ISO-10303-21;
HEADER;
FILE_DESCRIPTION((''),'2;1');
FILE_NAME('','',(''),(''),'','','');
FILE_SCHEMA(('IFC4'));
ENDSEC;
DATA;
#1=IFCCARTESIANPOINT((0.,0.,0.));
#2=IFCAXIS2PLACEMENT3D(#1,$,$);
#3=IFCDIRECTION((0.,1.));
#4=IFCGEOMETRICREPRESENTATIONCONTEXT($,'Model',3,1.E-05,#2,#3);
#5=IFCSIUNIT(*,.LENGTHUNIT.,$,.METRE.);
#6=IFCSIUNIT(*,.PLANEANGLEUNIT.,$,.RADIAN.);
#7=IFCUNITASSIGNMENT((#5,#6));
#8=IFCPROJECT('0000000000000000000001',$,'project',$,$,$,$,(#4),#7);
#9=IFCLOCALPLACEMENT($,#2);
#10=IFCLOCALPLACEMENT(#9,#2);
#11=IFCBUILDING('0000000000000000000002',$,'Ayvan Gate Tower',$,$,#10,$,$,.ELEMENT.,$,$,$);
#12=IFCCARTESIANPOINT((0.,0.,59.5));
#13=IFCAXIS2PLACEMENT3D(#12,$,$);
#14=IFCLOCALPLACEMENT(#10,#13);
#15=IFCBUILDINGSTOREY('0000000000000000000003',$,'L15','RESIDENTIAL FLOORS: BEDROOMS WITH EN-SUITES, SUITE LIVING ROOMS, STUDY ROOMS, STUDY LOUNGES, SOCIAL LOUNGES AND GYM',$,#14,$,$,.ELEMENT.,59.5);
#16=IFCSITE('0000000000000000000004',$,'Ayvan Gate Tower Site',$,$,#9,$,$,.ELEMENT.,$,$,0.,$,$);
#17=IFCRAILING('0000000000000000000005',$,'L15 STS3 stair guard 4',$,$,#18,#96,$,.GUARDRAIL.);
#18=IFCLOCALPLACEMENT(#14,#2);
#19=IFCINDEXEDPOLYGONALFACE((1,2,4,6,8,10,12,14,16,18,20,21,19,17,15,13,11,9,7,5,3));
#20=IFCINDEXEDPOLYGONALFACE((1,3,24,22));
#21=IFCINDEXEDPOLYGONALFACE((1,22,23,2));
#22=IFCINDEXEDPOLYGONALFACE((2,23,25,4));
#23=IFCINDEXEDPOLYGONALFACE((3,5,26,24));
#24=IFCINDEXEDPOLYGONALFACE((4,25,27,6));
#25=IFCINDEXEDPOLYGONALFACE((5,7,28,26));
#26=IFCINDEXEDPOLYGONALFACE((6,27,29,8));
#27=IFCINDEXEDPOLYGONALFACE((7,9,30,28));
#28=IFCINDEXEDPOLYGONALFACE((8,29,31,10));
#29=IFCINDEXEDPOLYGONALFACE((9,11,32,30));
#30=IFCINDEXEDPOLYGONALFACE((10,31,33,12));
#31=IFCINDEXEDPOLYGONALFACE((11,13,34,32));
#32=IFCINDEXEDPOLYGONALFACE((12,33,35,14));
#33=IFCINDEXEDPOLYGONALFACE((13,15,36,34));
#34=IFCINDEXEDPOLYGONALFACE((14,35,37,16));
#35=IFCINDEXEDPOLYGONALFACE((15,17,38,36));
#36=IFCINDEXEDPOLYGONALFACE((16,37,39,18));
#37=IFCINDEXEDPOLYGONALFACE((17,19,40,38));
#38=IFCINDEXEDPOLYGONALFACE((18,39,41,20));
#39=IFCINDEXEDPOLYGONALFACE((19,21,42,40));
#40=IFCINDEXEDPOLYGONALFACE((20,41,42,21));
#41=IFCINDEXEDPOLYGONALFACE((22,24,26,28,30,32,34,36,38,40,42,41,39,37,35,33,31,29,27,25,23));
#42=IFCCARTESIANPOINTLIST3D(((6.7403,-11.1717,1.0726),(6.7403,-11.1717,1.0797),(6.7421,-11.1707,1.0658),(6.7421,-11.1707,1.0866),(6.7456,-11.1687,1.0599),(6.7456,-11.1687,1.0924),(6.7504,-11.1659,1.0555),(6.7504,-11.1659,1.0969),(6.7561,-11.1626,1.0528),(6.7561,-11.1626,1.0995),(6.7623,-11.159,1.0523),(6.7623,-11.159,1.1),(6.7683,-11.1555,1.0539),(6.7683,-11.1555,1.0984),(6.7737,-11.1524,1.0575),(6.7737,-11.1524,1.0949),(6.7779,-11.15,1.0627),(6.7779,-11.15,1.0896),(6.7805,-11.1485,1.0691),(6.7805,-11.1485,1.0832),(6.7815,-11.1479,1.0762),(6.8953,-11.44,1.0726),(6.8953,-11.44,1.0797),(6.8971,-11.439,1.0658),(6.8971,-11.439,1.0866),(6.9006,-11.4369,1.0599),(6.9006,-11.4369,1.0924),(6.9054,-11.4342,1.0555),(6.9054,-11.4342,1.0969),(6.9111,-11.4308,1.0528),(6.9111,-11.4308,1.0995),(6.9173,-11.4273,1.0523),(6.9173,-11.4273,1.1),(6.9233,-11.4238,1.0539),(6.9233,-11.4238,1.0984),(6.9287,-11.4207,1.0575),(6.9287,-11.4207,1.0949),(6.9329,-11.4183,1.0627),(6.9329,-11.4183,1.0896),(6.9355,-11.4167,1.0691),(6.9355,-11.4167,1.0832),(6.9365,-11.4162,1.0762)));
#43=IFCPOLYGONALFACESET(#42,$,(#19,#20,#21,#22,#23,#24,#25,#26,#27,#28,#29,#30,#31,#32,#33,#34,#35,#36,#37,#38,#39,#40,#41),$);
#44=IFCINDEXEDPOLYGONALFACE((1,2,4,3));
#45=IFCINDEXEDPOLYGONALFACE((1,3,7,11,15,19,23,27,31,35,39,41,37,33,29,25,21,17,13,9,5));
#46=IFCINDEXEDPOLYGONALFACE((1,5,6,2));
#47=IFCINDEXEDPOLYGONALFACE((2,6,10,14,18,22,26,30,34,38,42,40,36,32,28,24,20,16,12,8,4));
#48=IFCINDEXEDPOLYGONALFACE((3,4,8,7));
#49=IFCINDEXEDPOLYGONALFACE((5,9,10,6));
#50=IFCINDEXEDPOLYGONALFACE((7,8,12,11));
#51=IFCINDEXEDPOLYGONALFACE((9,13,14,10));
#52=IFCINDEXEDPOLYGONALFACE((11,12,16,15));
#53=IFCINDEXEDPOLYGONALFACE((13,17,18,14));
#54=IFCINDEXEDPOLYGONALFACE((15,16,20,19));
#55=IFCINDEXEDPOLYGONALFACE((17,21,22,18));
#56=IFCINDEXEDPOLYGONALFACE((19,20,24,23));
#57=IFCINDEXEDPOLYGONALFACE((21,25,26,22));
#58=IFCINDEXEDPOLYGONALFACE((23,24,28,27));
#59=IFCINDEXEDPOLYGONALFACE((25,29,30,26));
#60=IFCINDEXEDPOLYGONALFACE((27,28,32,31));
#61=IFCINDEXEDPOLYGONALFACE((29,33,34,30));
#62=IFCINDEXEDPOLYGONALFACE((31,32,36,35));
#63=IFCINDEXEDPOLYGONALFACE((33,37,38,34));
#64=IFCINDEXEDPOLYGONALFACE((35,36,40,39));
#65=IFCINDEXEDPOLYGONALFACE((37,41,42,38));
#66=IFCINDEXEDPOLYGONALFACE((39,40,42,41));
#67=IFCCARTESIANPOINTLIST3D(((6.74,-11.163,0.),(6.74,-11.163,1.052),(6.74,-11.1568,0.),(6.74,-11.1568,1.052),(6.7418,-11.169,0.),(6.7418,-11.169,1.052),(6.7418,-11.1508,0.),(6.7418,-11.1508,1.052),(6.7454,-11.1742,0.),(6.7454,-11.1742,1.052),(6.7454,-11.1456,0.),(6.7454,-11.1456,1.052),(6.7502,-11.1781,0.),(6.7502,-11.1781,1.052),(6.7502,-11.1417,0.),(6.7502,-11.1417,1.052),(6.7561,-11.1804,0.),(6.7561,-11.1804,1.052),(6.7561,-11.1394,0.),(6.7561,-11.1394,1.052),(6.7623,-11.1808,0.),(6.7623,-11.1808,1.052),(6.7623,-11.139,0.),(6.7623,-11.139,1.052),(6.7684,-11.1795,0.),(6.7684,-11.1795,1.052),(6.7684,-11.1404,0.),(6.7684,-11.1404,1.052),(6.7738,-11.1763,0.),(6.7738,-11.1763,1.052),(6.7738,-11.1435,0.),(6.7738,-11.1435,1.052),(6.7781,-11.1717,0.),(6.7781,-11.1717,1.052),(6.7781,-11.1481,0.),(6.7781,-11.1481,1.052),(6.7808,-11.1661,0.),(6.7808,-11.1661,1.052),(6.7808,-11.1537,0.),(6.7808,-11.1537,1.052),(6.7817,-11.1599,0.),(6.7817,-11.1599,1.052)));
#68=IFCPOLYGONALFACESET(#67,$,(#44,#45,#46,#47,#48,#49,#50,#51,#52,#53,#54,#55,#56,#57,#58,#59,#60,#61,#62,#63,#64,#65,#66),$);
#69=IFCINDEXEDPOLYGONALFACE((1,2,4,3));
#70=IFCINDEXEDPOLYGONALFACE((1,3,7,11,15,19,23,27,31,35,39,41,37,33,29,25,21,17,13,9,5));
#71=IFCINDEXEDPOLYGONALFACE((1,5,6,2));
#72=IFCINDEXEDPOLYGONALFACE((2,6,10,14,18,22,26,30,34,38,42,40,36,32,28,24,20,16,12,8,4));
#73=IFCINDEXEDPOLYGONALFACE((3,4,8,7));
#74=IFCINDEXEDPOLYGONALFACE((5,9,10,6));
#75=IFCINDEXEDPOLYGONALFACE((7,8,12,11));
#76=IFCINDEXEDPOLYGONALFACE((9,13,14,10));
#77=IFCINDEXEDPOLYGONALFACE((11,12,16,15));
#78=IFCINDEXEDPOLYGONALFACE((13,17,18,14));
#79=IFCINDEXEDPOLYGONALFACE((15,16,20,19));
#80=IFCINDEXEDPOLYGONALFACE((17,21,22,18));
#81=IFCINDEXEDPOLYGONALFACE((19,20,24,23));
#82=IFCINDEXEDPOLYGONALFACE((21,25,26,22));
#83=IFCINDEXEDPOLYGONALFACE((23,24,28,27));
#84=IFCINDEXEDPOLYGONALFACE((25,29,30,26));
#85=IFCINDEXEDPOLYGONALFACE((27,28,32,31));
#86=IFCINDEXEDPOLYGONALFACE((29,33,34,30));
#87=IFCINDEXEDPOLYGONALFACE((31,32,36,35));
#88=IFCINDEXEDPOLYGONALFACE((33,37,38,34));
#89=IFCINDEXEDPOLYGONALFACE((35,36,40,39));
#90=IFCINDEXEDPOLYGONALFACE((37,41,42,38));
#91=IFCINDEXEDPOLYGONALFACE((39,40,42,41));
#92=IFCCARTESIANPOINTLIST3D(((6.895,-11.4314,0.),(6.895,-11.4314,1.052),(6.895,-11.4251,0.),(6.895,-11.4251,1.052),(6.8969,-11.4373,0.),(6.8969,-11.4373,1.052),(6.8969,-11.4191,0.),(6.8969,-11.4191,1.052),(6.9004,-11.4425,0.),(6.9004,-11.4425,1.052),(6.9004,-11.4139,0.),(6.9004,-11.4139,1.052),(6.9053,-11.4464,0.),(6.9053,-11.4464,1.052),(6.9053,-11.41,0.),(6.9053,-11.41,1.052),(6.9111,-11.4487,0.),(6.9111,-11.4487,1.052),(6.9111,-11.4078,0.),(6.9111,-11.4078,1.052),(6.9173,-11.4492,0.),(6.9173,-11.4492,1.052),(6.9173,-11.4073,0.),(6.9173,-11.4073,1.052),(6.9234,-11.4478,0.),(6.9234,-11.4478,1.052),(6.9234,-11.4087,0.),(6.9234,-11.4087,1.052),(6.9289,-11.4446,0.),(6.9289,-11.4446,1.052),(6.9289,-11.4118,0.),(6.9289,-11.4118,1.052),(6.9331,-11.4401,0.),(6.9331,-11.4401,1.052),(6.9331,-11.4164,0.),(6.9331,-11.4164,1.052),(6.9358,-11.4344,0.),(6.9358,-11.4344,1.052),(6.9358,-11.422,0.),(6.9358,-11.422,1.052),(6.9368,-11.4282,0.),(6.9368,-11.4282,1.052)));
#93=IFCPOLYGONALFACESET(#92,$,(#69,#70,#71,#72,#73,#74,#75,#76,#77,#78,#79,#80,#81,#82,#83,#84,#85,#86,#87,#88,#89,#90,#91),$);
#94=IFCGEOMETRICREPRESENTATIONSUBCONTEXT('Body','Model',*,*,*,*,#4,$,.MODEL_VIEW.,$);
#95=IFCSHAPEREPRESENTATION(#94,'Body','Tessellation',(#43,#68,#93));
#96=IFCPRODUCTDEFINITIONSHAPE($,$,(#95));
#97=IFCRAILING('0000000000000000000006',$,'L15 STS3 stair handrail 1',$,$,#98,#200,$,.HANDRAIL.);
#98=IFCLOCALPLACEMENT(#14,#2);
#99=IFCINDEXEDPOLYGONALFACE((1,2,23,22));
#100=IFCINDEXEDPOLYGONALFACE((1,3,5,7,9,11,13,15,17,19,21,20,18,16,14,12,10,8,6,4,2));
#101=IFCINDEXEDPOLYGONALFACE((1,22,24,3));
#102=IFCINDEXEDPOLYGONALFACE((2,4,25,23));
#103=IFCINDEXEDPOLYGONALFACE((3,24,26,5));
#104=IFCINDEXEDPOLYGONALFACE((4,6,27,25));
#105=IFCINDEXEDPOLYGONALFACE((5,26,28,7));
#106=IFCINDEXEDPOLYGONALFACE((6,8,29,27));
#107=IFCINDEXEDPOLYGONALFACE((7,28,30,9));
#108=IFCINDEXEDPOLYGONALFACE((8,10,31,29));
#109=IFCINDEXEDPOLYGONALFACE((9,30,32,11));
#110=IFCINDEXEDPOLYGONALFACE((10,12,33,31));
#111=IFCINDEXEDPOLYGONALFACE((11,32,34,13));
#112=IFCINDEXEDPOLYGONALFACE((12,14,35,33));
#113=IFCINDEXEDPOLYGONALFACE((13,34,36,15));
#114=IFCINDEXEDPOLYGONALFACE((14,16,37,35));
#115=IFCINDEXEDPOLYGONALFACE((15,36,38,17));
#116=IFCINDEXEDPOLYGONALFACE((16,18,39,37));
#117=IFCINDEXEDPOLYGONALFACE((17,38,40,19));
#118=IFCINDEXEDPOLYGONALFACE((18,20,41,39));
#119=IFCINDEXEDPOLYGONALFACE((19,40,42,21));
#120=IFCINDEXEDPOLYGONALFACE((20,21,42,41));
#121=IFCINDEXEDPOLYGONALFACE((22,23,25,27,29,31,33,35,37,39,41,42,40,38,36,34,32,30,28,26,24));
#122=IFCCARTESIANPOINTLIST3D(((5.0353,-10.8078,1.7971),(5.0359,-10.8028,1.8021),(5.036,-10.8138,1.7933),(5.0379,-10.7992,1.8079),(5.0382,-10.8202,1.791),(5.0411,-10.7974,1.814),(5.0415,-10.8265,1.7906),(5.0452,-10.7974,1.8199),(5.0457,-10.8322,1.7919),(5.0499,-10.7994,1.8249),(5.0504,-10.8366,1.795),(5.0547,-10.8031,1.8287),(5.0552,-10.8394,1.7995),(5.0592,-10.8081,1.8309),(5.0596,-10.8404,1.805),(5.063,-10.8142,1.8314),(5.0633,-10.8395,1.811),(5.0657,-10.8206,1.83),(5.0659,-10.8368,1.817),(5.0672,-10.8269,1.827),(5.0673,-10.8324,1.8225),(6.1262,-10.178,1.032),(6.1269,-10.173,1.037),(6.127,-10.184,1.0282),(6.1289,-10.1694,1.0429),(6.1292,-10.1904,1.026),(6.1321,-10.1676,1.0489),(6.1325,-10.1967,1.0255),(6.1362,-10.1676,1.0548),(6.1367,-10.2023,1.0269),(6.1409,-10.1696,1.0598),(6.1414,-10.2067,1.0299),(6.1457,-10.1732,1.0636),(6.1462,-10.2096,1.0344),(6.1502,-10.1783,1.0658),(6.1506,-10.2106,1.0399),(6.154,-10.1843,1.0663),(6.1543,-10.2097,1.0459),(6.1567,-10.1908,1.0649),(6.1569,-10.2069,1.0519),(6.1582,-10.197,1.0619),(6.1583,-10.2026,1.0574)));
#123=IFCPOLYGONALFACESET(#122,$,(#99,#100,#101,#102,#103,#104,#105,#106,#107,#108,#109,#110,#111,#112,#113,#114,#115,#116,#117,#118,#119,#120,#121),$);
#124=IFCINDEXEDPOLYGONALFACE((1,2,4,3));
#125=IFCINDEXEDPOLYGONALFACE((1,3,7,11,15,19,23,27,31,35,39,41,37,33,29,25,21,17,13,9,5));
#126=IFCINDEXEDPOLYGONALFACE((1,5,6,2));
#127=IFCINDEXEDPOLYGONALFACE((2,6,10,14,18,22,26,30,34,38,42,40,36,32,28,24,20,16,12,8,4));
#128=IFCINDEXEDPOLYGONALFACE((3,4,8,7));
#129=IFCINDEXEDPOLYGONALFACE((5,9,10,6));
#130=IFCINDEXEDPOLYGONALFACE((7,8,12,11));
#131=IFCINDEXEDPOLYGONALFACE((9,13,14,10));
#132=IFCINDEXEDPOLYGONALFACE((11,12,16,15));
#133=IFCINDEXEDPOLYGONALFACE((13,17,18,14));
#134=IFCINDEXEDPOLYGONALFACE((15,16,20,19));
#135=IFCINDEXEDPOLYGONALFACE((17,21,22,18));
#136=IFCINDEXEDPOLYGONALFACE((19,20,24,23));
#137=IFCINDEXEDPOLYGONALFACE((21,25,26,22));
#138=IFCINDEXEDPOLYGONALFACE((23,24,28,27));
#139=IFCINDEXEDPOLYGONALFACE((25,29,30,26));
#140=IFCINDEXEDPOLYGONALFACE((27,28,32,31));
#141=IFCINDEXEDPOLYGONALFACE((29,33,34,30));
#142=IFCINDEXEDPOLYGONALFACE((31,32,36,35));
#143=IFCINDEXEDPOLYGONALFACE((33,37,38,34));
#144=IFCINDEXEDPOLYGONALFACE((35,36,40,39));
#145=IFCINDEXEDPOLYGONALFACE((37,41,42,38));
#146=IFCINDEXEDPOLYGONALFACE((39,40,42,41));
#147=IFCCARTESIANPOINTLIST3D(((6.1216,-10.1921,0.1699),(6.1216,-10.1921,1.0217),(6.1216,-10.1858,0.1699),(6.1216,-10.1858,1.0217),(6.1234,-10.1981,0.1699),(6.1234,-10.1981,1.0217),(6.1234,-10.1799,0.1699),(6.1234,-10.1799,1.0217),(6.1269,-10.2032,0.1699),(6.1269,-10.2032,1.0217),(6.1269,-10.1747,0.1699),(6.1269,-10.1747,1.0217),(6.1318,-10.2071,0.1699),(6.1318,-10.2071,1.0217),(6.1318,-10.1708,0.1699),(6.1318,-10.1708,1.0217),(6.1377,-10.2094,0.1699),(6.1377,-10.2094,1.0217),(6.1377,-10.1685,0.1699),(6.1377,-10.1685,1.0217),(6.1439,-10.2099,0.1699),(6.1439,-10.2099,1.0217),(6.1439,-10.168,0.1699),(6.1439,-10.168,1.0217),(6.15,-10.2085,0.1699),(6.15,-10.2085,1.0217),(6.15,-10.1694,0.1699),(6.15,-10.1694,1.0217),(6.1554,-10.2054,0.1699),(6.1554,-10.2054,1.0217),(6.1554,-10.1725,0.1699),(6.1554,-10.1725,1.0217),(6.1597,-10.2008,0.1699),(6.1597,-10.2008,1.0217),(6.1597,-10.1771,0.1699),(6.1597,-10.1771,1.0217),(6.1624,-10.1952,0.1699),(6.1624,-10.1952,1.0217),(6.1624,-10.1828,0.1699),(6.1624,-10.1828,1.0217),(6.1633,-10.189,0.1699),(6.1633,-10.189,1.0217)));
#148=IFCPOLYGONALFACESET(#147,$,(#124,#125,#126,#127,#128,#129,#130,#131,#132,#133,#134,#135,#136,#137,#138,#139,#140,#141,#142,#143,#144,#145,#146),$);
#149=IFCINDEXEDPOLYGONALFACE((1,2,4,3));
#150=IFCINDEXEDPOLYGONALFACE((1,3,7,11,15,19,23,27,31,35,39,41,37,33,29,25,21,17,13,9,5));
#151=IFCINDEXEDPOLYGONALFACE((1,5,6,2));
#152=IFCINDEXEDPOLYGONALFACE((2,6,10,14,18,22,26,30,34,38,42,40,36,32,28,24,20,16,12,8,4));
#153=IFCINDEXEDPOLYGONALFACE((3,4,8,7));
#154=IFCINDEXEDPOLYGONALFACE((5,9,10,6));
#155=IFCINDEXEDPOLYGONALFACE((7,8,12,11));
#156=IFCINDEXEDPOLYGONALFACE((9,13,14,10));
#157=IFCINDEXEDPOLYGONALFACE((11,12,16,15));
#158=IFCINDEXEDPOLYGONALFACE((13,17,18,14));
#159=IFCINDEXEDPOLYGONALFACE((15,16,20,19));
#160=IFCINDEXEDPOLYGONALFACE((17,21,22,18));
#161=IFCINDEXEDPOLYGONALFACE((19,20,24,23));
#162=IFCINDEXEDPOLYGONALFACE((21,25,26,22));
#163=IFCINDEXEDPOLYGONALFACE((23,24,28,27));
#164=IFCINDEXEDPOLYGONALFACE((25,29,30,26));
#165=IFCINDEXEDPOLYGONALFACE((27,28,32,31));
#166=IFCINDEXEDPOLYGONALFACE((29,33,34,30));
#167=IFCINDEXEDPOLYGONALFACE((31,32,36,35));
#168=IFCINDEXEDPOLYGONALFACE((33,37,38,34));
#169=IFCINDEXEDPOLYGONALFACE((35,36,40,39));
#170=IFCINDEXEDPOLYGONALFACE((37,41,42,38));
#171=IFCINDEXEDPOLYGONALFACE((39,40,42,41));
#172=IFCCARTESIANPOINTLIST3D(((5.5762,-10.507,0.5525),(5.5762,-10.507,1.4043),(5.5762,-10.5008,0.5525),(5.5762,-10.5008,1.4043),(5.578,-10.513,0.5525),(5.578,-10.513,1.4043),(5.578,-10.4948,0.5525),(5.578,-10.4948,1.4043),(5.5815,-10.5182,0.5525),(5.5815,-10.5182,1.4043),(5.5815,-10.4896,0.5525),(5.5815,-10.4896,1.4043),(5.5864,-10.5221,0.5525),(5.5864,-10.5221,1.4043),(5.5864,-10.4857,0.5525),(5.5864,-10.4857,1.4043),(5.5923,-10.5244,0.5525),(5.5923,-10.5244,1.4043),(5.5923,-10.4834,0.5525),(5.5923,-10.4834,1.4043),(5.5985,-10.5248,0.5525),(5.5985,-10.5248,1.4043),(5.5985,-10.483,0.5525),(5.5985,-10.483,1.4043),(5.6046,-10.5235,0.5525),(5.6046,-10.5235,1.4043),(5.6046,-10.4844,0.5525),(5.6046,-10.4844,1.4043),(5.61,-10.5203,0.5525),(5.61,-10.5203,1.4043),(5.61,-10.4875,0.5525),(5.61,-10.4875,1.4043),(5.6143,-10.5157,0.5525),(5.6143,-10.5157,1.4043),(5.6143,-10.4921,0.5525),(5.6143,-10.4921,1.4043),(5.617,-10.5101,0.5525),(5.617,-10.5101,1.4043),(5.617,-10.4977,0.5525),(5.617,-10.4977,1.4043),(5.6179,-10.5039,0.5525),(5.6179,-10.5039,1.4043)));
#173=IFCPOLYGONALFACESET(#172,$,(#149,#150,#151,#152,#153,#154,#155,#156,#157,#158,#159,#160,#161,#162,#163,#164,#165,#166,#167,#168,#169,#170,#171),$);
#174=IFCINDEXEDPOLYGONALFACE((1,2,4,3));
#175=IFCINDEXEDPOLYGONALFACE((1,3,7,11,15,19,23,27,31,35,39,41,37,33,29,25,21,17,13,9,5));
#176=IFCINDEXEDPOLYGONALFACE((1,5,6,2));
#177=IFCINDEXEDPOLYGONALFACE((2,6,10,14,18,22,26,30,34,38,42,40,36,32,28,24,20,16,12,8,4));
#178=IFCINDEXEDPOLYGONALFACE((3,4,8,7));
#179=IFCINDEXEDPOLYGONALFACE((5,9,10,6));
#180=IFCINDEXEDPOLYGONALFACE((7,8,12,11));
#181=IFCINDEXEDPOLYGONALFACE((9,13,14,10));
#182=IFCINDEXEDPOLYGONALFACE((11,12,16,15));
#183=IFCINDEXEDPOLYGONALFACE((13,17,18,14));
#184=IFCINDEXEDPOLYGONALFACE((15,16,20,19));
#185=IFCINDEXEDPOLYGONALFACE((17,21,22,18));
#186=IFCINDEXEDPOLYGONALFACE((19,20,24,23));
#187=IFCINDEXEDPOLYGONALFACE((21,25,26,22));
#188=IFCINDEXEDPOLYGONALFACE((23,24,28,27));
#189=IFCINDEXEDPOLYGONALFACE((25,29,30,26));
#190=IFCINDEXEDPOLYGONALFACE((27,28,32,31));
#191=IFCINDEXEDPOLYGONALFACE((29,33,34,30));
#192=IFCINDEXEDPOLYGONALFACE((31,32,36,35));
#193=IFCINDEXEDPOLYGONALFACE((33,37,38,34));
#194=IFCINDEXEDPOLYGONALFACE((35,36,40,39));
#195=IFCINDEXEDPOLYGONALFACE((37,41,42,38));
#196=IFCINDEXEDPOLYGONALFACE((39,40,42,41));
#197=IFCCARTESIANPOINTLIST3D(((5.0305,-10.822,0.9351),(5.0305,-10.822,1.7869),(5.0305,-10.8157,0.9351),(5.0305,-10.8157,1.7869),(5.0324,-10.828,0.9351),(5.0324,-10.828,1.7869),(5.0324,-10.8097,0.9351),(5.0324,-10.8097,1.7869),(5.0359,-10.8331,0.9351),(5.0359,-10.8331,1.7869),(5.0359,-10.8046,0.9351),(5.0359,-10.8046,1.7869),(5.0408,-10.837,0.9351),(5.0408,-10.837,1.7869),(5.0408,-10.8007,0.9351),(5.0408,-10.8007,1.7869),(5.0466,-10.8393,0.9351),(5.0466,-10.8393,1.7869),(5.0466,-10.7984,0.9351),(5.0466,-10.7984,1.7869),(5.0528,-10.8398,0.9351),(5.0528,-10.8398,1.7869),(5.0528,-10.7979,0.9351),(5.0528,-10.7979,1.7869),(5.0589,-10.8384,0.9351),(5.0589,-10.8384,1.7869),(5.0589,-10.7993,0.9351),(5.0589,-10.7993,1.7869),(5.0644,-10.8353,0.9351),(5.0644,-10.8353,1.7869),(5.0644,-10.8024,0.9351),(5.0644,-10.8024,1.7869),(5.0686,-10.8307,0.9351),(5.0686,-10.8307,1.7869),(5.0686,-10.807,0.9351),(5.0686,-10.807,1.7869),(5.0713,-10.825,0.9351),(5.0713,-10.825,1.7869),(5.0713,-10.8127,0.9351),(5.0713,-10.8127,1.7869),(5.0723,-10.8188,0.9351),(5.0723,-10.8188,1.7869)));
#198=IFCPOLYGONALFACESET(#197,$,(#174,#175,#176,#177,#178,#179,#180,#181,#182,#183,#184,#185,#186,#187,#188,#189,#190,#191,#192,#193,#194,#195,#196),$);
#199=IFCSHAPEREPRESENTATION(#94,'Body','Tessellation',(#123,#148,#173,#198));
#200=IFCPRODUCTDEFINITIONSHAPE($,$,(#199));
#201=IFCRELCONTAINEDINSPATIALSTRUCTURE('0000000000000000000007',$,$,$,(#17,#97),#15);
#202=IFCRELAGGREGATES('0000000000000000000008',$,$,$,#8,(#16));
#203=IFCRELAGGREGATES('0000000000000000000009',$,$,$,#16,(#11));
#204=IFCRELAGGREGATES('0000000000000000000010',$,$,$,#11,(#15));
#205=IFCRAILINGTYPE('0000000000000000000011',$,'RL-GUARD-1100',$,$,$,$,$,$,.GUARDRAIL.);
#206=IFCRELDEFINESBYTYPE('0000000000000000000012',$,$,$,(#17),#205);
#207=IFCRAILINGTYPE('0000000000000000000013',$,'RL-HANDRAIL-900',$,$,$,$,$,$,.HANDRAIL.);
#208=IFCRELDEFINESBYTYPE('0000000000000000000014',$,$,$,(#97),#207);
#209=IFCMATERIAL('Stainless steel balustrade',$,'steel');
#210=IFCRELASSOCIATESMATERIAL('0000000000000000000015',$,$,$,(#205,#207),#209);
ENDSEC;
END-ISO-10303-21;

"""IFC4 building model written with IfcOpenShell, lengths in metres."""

from ifc_helpers import new_model, si_unit, direction, frame, origin, origin_2d, place, context, subcontext, project, spatial, circle, extrude, material, type_object, element, save


model = new_model("IFC4")

# Units and contexts
model_context = context("Model", 3, precision=1e-05, world=origin(), true_north=direction((0.0, 1.0)))
body_context = subcontext(model_context, "Body", "Model", "MODEL_VIEW")
ifc_project = project(units=[si_unit("LENGTHUNIT", "METRE"), si_unit("PLANEANGLEUNIT", "RADIAN")], contexts=[model_context])

# Site, building, storey
site_placement = place(None, origin())
site = spatial("IfcSite", under=ifc_project, at=site_placement, Name="Ayvan Gate Tower Site", CompositionType="ELEMENT", RefElevation=0.0)
building_placement = place(site_placement, origin())
building = spatial("IfcBuilding", under=site, at=building_placement, Name="Ayvan Gate Tower", CompositionType="ELEMENT")
storey_placement = place(building_placement, frame((0.0, 0.0, 59.5)))
storey = spatial("IfcBuildingStorey", under=building, at=storey_placement, Name="L15", Description="RESIDENTIAL FLOORS: BEDROOMS WITH EN-SUITES, SUITE LIVING ROOMS, STUDY ROOMS, STUDY LOUNGES, SOCIAL LOUNGES AND GYM", CompositionType="ELEMENT", Elevation=59.5)

# Railings
ifc_material_1 = material(Name="Stainless steel balustrade", Category="steel")
railing_type_1 = type_object("IfcRailingType", Name="RL-GUARD-1100", PredefinedType="GUARDRAIL", material=ifc_material_1)
railing_1_placement = place(storey_placement, frame((6.7607, -11.1599, 0.0)))
element("IfcRailing", 1, at=railing_1_placement, inside=storey, type_object=railing_type_1, Name="L15 STS3 stair guard 4", PredefinedType="GUARDRAIL", context=body_context, shape_type="SweptSolid", body=[
    extrude(circle(Radius=0.0239, at=origin_2d()), frame((0.0, 0.0, 1.0762), z_axis=(0.500291, -0.865857, 0.0), x_axis=(0.865857, 0.500291, 0.0)), (0.0, 0.0, 1.0), 0.3098),
    extrude(circle(Radius=0.021, at=origin_2d()), origin(), (0.0, 0.0, 1.0), 1.052),
    extrude(circle(Radius=0.021, at=origin_2d()), frame((0.155, -0.2683, 0.0)), (0.0, 0.0, 1.0), 1.052),
])
railing_type_2 = type_object("IfcRailingType", Name="RL-HANDRAIL-900", PredefinedType="HANDRAIL", material=ifc_material_1)
railing_2_placement = place(storey_placement, frame((6.1423, -10.189, 0.1699)))
element("IfcRailing", 2, at=railing_2_placement, inside=storey, type_object=railing_type_2, Name="L15 STS3 stair handrail 1", PredefinedType="HANDRAIL", context=body_context, shape_type="SweptSolid", body=[
    extrude(circle(Radius=0.0239, at=origin_2d()), frame((0.0, 0.0, 0.876), z_axis=(-0.740218, -0.427336, 0.519097), x_axis=(0.499974, -0.86604, 0.0)), (0.0, 0.0, 1.0), 1.4739),
    extrude(circle(Radius=0.021, at=origin_2d()), origin(), (0.0, 0.0, 1.0), 0.8518),
    extrude(circle(Radius=0.021, at=origin_2d()), frame((-0.5454, -0.3149, 0.3826)), (0.0, 0.0, 1.0), 0.8518),
    extrude(circle(Radius=0.021, at=origin_2d()), frame((-1.0911, -0.6299, 0.7651)), (0.0, 0.0, 1.0), 0.8518),
])

save(model, "model.ifc")
